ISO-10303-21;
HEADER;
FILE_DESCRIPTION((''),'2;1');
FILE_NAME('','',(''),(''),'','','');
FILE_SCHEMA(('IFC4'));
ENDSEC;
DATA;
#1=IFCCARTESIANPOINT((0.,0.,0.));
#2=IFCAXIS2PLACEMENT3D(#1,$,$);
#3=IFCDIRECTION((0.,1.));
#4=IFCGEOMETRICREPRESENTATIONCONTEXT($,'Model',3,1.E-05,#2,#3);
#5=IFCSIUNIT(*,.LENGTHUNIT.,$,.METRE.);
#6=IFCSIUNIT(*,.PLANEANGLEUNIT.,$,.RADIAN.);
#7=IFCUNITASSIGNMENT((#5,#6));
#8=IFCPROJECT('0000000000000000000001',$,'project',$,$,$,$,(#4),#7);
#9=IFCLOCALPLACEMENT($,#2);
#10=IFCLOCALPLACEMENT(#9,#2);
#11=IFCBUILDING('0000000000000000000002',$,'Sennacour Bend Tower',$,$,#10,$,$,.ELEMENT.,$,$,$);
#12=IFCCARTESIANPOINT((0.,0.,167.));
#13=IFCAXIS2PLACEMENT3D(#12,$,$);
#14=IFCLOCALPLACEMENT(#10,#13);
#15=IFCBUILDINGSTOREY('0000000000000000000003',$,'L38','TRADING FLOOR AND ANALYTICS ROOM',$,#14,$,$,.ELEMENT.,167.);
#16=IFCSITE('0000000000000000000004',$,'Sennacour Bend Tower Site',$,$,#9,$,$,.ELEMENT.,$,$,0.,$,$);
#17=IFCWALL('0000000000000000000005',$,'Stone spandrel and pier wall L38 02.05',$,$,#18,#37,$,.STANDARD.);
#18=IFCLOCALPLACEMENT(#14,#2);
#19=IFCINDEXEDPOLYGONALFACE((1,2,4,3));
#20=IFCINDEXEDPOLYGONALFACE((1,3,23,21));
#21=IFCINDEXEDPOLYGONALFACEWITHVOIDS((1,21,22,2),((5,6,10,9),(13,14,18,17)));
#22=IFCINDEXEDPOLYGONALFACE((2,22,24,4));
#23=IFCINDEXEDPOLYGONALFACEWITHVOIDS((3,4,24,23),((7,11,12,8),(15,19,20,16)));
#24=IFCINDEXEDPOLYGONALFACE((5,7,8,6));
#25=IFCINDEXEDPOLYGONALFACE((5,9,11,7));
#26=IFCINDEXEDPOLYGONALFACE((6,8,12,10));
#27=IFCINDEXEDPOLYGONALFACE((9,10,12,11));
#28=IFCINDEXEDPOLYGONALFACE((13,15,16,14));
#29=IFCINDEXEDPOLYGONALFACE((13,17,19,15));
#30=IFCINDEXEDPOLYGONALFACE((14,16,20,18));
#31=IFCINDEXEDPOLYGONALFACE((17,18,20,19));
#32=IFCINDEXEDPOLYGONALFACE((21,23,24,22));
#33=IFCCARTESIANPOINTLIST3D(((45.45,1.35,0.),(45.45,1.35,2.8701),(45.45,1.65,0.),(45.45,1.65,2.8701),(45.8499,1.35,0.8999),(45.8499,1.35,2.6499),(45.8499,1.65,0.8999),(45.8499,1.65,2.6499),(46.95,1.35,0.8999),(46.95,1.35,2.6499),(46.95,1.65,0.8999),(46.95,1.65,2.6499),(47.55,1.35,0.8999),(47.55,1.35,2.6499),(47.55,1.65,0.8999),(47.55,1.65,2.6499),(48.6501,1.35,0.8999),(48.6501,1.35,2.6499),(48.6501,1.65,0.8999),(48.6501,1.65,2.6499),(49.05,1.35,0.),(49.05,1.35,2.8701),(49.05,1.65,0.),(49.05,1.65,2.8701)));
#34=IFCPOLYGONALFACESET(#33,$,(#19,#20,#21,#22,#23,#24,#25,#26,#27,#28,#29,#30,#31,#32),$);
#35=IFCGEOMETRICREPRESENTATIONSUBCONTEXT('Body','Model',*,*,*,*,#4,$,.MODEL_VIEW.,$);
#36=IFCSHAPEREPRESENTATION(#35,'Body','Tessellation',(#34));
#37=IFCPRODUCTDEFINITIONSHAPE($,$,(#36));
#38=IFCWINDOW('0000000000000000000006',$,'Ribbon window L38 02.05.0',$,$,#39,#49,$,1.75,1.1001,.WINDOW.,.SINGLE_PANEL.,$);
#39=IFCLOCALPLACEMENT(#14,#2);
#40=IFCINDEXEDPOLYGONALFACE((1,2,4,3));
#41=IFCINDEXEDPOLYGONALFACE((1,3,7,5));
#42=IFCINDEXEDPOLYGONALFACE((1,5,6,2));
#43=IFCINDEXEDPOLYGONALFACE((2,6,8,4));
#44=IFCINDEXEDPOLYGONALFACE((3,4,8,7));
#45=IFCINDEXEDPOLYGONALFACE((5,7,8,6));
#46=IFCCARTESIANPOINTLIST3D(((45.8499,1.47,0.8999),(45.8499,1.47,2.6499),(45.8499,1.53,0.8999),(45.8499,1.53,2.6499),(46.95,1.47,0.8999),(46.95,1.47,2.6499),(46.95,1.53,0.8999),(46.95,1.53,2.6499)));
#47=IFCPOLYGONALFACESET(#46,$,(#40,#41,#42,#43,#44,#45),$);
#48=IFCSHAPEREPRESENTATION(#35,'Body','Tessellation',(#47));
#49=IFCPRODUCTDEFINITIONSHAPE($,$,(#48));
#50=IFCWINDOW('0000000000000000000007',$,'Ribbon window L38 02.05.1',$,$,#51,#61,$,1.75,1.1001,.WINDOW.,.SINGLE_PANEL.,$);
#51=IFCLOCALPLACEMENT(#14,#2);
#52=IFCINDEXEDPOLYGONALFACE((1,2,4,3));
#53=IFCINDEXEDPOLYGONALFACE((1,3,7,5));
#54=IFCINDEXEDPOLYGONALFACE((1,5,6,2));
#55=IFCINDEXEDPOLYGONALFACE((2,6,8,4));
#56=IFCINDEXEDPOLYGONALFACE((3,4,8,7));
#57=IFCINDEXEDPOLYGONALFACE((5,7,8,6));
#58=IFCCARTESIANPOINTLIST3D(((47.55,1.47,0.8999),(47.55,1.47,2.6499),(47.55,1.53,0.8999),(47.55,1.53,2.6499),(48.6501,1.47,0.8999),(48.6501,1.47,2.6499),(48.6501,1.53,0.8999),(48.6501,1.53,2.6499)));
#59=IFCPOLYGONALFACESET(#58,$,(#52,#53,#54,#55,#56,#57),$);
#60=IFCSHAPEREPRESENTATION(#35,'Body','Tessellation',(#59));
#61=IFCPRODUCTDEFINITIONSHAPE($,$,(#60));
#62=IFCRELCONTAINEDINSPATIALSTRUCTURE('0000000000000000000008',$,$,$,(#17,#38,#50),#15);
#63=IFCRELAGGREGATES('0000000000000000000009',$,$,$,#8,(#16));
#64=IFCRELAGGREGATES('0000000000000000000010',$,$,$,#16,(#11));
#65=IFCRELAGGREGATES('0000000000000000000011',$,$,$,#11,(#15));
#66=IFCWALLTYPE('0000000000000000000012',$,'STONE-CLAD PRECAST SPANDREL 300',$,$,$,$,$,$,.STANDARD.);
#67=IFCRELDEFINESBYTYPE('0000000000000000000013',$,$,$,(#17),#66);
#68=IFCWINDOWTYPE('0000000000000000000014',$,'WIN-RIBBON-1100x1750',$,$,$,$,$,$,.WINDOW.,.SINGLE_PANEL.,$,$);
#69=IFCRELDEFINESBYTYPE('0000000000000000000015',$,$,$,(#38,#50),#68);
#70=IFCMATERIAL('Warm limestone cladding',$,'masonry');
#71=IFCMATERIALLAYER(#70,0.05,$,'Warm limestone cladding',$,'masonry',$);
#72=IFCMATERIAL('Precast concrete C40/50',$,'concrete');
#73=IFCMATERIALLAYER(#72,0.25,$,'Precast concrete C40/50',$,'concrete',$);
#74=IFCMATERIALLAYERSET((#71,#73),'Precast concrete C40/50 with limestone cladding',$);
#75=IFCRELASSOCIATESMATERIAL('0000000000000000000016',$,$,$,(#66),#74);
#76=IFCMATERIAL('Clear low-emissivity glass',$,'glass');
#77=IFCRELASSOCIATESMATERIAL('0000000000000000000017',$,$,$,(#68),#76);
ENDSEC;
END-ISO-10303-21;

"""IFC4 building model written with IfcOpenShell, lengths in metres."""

from ifc_helpers import new_model, si_unit, direction, frame, frame_2d, origin, place, context, subcontext, project, spatial, rectangle, extrude, material, layer, layer_set, type_object, element, fill, save


model = new_model("IFC4")

# Units and contexts
model_context = context("Model", 3, precision=1e-05, world=origin(), true_north=direction((0.0, 1.0)))
body_context = subcontext(model_context, "Body", "Model", "MODEL_VIEW")
ifc_project = project(units=[si_unit("LENGTHUNIT", "METRE"), si_unit("PLANEANGLEUNIT", "RADIAN")], contexts=[model_context])

# Site, building, storey
site_placement = place(None, origin())
site = spatial("IfcSite", under=ifc_project, at=site_placement, Name="Sennacour Bend Tower Site", CompositionType="ELEMENT", RefElevation=0.0)
building_placement = place(site_placement, origin())
building = spatial("IfcBuilding", under=site, at=building_placement, Name="Sennacour Bend Tower", CompositionType="ELEMENT")
storey_placement = place(building_placement, frame((0.0, 0.0, 167.0)))
storey = spatial("IfcBuildingStorey", under=building, at=storey_placement, Name="L38", Description="TRADING FLOOR AND ANALYTICS ROOM", CompositionType="ELEMENT", Elevation=167.0)

# Wall, openings, windows
ifc_material_1 = material(Name="Warm limestone cladding", Category="masonry")
ifc_layer_1 = layer(ifc_material_1, 0.05, Name="Warm limestone cladding", Category="masonry")
ifc_material_2 = material(Name="Precast concrete C40/50", Category="concrete")
ifc_layer_2 = layer(ifc_material_2, 0.25, Name="Precast concrete C40/50", Category="concrete")
ifc_layer_set_1 = layer_set([ifc_layer_1, ifc_layer_2], Name="Precast concrete C40/50 with limestone cladding")
wall_type_1 = type_object("IfcWallType", Name="STONE-CLAD PRECAST SPANDREL 300", PredefinedType="STANDARD", material=ifc_layer_set_1)
wall_1_placement = place(storey_placement, frame((45.45, 1.5, 0.0), z_axis=(0.0, 0.0, 1.0), x_axis=(1.0, 0.0, 0.0)))
wall_1 = element("IfcWall", 1, at=wall_1_placement, inside=storey, type_object=wall_type_1, Name="Stone spandrel and pier wall L38 02.05", PredefinedType="STANDARD", context=body_context, shape_type="SweptSolid", body=[
    extrude(rectangle(XDim=3.6001, YDim=0.3, at=frame_2d((1.8, 0.0))), origin(), (0.0, 0.0, 1.0), 2.8701),
])
opening_1_placement = place(wall_1_placement, frame((0.3999, 0.0, 0.8999)))
opening_1 = element("IfcOpeningElement", 2, at=opening_1_placement, cuts=wall_1, PredefinedType="OPENING", context=body_context, shape_type="SweptSolid", body=[
    extrude(rectangle(XDim=1.1001, YDim=1.75, at=frame_2d((0.55, 0.875))), frame((0.0, 0.1602, 0.0), z_axis=(0.0, -1.0, 0.0), x_axis=(1.0, 0.0, 0.0)), (0.0, 0.0, 1.0), 0.3201),
])
opening_2_placement = place(wall_1_placement, frame((2.1001, 0.0, 0.8999)))
opening_2 = element("IfcOpeningElement", 3, at=opening_2_placement, cuts=wall_1, PredefinedType="OPENING", context=body_context, shape_type="SweptSolid", body=[
    extrude(rectangle(XDim=1.1001, YDim=1.75, at=frame_2d((0.55, 0.875))), frame((0.0, 0.1602, 0.0), z_axis=(0.0, -1.0, 0.0), x_axis=(1.0, 0.0, 0.0)), (0.0, 0.0, 1.0), 0.3201),
])
ifc_material_3 = material(Name="Clear low-emissivity glass", Category="glass")
window_type = type_object("IfcWindowType", Name="WIN-RIBBON-1100x1750", PartitioningType="SINGLE_PANEL", PredefinedType="WINDOW", material=ifc_material_3)
window_1_placement = place(opening_1_placement, origin())
window_1 = element("IfcWindow", 4, at=window_1_placement, inside=storey, type_object=window_type, Name="Ribbon window L38 02.05.0", OverallHeight=1.75, OverallWidth=1.1001, PartitioningType="SINGLE_PANEL", PredefinedType="WINDOW", context=body_context, shape_type="SweptSolid", body=[
    extrude(rectangle(XDim=1.1001, YDim=1.75, at=frame_2d((0.55, 0.875))), frame((0.0, 0.03, 0.0), z_axis=(0.0, -1.0, 0.0), x_axis=(1.0, 0.0, 0.0)), (0.0, 0.0, 1.0), 0.0601),
])
fill(opening_1, window_1)
window_2_placement = place(opening_2_placement, origin())
window_2 = element("IfcWindow", 5, at=window_2_placement, inside=storey, type_object=window_type, Name="Ribbon window L38 02.05.1", OverallHeight=1.75, OverallWidth=1.1001, PartitioningType="SINGLE_PANEL", PredefinedType="WINDOW", context=body_context, shape_type="SweptSolid", body=[
    extrude(rectangle(XDim=1.1001, YDim=1.75, at=frame_2d((0.55, 0.875))), frame((0.0, 0.03, 0.0), z_axis=(0.0, -1.0, 0.0), x_axis=(1.0, 0.0, 0.0)), (0.0, 0.0, 1.0), 0.0601),
])
fill(opening_2, window_2)

save(model, "model.ifc")
